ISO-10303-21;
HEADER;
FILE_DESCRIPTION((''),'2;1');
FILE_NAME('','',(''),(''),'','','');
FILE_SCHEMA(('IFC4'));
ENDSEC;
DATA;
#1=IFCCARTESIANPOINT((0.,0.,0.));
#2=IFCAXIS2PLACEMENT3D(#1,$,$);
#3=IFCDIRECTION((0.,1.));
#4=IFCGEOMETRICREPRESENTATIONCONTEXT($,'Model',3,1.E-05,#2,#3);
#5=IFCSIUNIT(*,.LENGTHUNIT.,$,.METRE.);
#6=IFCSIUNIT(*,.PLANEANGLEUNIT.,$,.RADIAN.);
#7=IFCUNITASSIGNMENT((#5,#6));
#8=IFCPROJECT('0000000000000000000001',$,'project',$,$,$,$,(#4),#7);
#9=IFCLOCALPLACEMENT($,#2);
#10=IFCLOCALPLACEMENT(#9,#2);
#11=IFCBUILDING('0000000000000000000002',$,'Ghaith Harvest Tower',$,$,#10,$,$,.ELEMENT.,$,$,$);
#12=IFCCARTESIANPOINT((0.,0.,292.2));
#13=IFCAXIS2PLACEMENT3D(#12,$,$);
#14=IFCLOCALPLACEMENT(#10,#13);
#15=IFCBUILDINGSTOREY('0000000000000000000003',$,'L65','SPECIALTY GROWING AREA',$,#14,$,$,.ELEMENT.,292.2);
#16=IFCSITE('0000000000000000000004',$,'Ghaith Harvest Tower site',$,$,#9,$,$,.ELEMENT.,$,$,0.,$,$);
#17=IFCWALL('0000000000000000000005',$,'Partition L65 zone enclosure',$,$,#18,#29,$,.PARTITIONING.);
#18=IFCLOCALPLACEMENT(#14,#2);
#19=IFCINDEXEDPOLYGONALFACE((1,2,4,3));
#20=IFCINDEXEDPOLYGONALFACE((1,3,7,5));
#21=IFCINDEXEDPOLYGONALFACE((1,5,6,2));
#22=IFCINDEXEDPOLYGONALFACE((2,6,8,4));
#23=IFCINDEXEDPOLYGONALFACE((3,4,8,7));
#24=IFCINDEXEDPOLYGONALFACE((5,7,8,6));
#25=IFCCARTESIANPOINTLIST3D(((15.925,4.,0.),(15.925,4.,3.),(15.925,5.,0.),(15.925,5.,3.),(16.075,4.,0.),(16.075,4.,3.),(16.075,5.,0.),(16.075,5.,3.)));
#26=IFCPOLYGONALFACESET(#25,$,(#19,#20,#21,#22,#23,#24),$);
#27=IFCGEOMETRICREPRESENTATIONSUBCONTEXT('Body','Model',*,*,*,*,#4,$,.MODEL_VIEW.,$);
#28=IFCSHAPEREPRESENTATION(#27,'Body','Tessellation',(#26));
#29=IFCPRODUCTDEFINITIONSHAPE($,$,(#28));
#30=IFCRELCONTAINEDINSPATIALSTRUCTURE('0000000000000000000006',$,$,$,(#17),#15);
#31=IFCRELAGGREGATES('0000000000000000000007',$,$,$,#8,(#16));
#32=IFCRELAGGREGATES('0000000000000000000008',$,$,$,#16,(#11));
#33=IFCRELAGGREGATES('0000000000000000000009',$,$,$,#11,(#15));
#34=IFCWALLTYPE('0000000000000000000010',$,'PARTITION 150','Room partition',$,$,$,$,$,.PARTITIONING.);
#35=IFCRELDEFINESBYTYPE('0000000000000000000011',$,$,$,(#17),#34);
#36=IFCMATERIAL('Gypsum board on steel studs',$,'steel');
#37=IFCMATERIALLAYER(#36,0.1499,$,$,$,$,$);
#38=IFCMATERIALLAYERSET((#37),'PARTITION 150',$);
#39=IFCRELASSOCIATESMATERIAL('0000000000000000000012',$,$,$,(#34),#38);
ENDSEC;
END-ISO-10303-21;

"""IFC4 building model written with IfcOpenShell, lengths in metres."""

from ifc_helpers import new_model, si_unit, direction, frame, frame_2d, origin, place, context, subcontext, project, spatial, rectangle, extrude, material, layer, layer_set, type_object, element, save


model = new_model("IFC4")

# Units and contexts
model_context = context("Model", 3, precision=1e-05, world=origin(), true_north=direction((0.0, 1.0)))
body_context = subcontext(model_context, "Body", "Model", "MODEL_VIEW")
ifc_project = project(units=[si_unit("LENGTHUNIT", "METRE"), si_unit("PLANEANGLEUNIT", "RADIAN")], contexts=[model_context])

# Site, building, storey
site_placement = place(None, origin())
site = spatial("IfcSite", under=ifc_project, at=site_placement, Name="Ghaith Harvest Tower site", CompositionType="ELEMENT", RefElevation=0.0)
building_placement = place(site_placement, origin())
building = spatial("IfcBuilding", under=site, at=building_placement, Name="Ghaith Harvest Tower", CompositionType="ELEMENT")
storey_placement = place(building_placement, frame((0.0, 0.0, 292.2)))
storey = spatial("IfcBuildingStorey", under=building, at=storey_placement, Name="L65", Description="SPECIALTY GROWING AREA", CompositionType="ELEMENT", Elevation=292.2)

# Shared definitions
ifc_material_1 = material(Name="Gypsum board on steel studs", Category="steel")
ifc_layer_1 = layer(ifc_material_1, 0.1499)
ifc_layer_set_1 = layer_set([ifc_layer_1], Name="PARTITION 150")
wall_type = type_object("IfcWallType", Name="PARTITION 150", Description="Room partition", PredefinedType="PARTITIONING", material=ifc_layer_set_1)

# Wall
wall_1_placement = place(storey_placement, frame((16.0, 4.0, 0.0), z_axis=(0.0, 0.0, 1.0), x_axis=(0.0, 1.0, 0.0)))
element("IfcWall", 1, at=wall_1_placement, inside=storey, type_object=wall_type, Name="Partition L65 zone enclosure", PredefinedType="PARTITIONING", context=body_context, shape_type="SweptSolid", body=[
    extrude(rectangle(XDim=1.0, YDim=0.1499, at=frame_2d((0.5, 0.0))), origin(), (0.0, 0.0, 1.0), 3.0),
])

save(model, "model.ifc")
